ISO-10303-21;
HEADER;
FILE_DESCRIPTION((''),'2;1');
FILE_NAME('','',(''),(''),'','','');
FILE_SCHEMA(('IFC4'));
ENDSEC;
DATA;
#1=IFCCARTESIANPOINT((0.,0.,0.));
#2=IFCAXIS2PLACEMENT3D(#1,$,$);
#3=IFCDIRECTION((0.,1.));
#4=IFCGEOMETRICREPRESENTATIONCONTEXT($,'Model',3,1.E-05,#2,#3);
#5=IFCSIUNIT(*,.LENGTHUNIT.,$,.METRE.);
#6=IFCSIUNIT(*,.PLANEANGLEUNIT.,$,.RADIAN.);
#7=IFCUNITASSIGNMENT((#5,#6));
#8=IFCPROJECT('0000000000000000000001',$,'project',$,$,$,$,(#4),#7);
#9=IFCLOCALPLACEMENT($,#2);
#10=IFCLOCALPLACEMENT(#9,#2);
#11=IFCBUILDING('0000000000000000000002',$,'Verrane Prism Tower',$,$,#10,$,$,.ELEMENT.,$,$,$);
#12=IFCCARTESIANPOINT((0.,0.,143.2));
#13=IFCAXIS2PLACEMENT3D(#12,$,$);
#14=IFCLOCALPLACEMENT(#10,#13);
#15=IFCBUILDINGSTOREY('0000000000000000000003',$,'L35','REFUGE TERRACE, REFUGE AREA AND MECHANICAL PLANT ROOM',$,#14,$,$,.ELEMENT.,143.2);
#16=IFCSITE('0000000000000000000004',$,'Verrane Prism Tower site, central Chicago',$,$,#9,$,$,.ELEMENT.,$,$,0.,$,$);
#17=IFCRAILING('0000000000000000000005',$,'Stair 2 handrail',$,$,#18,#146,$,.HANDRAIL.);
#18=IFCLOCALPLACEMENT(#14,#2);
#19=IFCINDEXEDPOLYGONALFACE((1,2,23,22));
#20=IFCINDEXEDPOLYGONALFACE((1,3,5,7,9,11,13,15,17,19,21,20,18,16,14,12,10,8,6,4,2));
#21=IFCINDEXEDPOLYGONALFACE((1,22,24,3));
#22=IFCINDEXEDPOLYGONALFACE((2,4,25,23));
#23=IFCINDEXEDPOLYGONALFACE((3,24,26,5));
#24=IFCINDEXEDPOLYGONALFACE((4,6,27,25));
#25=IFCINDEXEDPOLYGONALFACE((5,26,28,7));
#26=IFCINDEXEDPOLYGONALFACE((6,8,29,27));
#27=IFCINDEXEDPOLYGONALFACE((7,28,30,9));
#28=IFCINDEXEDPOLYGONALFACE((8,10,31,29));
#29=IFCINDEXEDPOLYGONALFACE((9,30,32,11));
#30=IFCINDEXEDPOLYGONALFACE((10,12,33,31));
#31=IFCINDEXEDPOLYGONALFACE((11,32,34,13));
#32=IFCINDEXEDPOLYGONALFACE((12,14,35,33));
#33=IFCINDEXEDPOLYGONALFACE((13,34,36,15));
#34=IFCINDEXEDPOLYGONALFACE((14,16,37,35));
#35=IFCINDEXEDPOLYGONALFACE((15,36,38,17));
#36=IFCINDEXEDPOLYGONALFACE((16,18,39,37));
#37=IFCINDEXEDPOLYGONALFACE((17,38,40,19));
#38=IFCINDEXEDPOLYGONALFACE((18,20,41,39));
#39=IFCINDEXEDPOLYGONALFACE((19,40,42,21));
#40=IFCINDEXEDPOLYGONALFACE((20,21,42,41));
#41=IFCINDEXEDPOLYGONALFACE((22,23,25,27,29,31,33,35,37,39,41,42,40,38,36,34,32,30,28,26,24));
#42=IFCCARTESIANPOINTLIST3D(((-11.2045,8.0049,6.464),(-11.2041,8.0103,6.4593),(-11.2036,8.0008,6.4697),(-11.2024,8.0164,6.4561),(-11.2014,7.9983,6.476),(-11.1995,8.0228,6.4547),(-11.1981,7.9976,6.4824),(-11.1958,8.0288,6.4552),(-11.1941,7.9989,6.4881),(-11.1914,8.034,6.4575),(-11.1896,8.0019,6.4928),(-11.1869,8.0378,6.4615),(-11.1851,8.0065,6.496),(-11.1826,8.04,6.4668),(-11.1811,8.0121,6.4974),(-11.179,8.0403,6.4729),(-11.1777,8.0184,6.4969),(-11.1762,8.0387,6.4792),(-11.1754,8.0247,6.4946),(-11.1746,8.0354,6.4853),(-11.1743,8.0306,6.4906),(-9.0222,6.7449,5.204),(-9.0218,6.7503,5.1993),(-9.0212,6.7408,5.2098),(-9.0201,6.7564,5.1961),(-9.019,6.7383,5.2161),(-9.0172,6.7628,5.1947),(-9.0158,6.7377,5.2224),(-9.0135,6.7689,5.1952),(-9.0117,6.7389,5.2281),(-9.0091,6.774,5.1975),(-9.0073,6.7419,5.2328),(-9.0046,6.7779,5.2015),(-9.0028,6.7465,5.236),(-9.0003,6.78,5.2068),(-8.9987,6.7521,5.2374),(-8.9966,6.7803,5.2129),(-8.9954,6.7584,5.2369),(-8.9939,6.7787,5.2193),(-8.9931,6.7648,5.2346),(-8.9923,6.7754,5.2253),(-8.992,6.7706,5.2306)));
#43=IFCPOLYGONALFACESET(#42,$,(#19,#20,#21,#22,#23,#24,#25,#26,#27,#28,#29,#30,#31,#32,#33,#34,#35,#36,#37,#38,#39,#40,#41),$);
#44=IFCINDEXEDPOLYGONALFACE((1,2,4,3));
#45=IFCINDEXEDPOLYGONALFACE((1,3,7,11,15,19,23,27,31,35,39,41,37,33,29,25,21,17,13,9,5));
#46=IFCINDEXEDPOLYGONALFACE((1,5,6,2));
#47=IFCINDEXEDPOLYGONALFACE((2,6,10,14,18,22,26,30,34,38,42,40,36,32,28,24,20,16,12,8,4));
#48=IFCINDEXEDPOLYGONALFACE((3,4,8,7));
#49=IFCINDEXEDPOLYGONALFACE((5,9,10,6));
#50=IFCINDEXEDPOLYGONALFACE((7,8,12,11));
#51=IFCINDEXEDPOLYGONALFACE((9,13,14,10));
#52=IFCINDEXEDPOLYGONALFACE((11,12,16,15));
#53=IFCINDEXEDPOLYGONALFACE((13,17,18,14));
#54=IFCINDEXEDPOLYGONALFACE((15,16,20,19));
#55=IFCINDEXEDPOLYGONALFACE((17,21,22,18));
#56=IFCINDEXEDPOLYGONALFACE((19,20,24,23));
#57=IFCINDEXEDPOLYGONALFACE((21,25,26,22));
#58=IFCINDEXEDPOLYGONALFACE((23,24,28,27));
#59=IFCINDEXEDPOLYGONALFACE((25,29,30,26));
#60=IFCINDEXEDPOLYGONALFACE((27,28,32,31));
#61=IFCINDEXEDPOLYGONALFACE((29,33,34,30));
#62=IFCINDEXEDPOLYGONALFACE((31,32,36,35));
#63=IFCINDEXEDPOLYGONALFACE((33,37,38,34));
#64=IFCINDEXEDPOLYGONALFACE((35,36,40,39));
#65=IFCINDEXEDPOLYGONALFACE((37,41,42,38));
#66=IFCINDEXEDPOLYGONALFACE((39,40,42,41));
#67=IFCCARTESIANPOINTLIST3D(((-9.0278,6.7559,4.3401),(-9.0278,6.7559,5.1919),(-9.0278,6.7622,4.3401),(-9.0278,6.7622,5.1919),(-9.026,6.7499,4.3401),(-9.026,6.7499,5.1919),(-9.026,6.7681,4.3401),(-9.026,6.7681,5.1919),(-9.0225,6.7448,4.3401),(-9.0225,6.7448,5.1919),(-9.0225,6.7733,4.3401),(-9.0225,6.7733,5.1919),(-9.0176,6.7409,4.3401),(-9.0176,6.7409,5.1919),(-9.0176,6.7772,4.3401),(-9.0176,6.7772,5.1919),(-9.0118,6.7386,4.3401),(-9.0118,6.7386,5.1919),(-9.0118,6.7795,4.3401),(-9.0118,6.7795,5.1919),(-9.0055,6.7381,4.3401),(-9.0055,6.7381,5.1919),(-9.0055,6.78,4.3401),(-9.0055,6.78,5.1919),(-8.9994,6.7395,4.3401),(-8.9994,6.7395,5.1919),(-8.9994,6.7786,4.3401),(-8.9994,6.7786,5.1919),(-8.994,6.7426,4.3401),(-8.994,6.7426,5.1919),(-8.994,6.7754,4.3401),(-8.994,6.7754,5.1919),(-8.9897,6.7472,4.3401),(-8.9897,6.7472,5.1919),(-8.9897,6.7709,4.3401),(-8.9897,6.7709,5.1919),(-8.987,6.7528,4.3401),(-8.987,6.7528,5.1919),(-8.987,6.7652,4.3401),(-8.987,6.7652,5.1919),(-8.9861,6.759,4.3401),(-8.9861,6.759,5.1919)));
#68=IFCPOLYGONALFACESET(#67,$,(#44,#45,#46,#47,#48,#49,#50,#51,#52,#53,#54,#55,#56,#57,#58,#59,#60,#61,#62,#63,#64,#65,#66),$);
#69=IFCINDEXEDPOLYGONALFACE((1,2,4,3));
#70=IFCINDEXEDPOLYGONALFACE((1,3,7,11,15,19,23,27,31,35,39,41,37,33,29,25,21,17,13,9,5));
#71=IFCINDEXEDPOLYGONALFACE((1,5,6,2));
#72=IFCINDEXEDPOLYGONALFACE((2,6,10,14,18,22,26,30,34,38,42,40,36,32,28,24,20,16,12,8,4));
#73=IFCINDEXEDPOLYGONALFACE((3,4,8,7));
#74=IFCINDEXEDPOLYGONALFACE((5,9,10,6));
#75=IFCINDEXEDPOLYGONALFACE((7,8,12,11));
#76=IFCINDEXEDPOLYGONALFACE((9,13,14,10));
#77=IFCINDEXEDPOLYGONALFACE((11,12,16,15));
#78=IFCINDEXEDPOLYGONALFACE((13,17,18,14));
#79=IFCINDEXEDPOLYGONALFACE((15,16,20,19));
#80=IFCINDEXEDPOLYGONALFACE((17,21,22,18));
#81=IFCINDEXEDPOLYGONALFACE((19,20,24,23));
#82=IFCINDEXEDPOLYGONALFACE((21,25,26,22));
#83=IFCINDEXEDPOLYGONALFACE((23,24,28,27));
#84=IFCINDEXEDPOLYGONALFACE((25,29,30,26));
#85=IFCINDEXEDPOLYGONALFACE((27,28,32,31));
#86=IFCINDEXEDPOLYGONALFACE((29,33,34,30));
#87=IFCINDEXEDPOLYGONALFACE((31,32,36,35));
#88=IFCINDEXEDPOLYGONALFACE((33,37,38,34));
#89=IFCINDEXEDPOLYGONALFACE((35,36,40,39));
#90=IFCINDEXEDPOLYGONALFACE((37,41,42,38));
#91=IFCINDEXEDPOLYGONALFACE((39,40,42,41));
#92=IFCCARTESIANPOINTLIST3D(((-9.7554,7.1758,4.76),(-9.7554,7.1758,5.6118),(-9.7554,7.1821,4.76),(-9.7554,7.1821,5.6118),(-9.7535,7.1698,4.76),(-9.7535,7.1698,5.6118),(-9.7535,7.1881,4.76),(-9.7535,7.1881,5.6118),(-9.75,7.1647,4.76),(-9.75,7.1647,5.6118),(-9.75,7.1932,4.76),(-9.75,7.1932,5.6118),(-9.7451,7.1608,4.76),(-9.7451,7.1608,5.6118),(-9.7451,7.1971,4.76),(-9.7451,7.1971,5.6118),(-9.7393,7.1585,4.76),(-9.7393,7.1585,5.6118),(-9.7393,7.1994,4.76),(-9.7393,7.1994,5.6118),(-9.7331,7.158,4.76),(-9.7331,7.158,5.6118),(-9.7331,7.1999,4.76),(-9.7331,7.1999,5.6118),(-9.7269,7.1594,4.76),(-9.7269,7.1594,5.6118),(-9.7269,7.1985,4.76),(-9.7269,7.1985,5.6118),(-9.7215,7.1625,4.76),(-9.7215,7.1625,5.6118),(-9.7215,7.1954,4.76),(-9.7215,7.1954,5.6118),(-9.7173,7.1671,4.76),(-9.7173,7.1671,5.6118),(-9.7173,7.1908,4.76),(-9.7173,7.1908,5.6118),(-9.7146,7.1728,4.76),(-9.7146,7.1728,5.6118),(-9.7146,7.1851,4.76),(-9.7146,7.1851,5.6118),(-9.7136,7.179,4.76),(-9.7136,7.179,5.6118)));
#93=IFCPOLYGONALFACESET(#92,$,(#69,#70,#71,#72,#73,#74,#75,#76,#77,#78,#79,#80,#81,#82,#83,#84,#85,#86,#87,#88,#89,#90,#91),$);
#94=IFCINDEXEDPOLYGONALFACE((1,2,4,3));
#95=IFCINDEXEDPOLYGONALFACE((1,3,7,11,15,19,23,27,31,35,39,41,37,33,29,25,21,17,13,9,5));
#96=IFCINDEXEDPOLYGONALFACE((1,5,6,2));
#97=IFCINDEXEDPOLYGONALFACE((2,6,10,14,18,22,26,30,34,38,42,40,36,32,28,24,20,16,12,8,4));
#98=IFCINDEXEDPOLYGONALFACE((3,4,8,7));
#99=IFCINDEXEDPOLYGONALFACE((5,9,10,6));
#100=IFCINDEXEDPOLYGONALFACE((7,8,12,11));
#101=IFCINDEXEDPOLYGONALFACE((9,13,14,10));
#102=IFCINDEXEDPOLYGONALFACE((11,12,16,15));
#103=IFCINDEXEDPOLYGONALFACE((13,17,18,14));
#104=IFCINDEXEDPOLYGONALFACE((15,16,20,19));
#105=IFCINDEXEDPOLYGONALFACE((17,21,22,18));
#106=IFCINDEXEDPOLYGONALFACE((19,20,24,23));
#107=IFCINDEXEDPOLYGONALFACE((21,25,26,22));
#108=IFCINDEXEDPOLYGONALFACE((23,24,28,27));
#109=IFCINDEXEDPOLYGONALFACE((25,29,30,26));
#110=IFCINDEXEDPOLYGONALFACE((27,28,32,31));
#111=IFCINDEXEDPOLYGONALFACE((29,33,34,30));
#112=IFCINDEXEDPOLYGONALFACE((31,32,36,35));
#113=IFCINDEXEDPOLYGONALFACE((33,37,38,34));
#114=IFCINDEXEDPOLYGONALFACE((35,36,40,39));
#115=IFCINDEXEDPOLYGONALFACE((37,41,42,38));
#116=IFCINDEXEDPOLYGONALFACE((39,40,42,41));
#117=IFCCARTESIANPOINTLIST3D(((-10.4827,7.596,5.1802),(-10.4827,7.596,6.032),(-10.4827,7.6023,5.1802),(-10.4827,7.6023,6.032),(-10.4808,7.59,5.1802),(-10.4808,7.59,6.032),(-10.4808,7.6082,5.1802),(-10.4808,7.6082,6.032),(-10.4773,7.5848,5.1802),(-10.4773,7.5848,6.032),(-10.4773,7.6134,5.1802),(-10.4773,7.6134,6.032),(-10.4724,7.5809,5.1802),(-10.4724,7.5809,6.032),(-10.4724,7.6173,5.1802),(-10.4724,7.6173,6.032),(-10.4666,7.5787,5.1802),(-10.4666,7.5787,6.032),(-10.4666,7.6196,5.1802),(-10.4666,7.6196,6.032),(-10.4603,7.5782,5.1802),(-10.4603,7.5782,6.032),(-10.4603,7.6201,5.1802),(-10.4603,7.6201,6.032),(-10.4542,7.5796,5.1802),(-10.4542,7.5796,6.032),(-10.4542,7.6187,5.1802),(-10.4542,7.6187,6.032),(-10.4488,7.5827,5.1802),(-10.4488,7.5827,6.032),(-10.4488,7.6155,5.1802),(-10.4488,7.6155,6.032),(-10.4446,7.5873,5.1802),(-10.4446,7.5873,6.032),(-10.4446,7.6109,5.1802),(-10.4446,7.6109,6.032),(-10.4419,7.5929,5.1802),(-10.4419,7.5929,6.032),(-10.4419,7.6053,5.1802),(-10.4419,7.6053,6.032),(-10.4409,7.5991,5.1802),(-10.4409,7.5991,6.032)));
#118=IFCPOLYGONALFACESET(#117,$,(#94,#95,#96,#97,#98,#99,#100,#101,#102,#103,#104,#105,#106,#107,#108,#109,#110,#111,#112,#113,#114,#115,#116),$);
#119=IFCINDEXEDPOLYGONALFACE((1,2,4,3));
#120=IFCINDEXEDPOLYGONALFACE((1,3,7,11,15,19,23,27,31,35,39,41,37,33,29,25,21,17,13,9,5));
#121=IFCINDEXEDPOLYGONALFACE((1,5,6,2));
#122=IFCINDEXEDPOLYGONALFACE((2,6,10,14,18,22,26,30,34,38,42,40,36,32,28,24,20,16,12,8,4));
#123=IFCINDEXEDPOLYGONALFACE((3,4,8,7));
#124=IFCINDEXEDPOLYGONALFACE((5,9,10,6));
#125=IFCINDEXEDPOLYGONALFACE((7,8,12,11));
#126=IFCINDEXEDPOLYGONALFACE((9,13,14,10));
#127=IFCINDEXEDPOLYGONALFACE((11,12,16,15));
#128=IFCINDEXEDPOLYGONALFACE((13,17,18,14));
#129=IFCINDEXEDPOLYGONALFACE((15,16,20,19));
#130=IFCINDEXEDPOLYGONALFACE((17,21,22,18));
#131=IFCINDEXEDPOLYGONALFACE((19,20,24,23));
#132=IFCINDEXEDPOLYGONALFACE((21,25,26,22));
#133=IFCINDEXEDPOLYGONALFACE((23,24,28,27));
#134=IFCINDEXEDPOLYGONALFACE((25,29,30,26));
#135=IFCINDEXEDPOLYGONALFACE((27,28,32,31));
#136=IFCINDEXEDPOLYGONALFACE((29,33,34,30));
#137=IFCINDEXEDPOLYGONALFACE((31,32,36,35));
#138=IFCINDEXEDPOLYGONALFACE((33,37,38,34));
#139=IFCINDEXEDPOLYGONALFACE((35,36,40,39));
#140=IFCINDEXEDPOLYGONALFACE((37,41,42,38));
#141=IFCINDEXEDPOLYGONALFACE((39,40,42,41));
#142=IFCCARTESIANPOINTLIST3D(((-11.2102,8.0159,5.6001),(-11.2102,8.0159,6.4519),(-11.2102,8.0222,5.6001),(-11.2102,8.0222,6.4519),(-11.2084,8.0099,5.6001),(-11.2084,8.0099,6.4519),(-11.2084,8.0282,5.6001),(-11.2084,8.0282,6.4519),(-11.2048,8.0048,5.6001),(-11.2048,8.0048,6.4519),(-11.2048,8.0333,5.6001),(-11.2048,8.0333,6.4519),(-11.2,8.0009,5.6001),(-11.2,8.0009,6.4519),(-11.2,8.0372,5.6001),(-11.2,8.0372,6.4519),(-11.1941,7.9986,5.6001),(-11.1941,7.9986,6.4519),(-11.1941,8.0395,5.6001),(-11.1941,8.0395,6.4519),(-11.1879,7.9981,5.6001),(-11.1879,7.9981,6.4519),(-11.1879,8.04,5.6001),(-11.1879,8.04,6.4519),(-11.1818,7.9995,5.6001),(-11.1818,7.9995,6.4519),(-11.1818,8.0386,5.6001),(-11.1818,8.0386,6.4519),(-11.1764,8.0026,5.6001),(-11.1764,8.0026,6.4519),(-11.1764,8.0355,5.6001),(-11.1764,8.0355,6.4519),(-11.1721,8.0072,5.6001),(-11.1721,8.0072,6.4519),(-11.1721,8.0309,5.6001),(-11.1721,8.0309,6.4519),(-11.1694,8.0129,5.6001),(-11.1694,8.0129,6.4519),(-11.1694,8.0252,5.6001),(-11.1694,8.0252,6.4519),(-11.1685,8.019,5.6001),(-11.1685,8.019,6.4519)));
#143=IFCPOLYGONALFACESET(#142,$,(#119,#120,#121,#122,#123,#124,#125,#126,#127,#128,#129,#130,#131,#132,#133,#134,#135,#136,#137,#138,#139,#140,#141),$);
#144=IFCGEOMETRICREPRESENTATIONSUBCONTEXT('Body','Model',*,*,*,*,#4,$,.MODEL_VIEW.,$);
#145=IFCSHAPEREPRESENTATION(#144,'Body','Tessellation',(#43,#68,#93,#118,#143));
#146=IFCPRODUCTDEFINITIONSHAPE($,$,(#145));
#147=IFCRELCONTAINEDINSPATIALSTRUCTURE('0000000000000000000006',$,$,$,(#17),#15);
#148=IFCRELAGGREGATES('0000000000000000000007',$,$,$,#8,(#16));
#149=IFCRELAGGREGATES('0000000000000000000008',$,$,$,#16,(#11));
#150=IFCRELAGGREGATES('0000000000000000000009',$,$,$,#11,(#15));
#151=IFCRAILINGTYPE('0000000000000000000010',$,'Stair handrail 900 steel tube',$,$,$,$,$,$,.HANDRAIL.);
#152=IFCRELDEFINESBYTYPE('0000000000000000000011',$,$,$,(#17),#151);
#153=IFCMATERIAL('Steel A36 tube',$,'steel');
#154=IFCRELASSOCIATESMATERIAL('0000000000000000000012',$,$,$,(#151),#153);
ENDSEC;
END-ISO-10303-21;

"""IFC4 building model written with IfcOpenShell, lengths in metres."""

from ifc_helpers import new_model, si_unit, direction, frame, origin, origin_2d, place, context, subcontext, project, spatial, circle, extrude, material, type_object, element, save


model = new_model("IFC4")

# Units and contexts
model_context = context("Model", 3, precision=1e-05, world=origin(), true_north=direction((0.0, 1.0)))
body_context = subcontext(model_context, "Body", "Model", "MODEL_VIEW")
ifc_project = project(units=[si_unit("LENGTHUNIT", "METRE"), si_unit("PLANEANGLEUNIT", "RADIAN")], contexts=[model_context])

# Site, building, storey
site_placement = place(None, origin())
site = spatial("IfcSite", under=ifc_project, at=site_placement, Name="Verrane Prism Tower site, central Chicago", CompositionType="ELEMENT", RefElevation=0.0)
building_placement = place(site_placement, origin())
building = spatial("IfcBuilding", under=site, at=building_placement, Name="Verrane Prism Tower", CompositionType="ELEMENT")
storey_placement = place(building_placement, frame((0.0, 0.0, 143.2)))
storey = spatial("IfcBuildingStorey", under=building, at=storey_placement, Name="L35", Description="REFUGE TERRACE, REFUGE AREA AND MECHANICAL PLANT ROOM", CompositionType="ELEMENT", Elevation=143.2)

# Railing
ifc_material_1 = material(Name="Steel A36 tube", Category="steel")
railing_type = type_object("IfcRailingType", Name="Stair handrail 900 steel tube", PredefinedType="HANDRAIL", material=ifc_material_1)
for number, where, name in (
    (1, (-9.0071, 6.759, 4.3401), "Stair 2 handrail"),
):
    element("IfcRailing", number, at=place(storey_placement, frame(where)), inside=storey, type_object=railing_type, Name=name, PredefinedType="HANDRAIL", context=body_context, shape_type="SweptSolid", body=[
        extrude(circle(Radius=0.0239, at=origin_2d()), frame((0.0, 0.0, 0.876), z_axis=(-0.774593, 0.447217, 0.447217), x_axis=(-0.500005, -0.866023, 0.0)), (0.0, 0.0, 1.0), 2.8174),
        extrude(circle(Radius=0.021, at=origin_2d()), origin(), (0.0, 0.0, 1.0), 0.8518),
        extrude(circle(Radius=0.021, at=origin_2d()), frame((-0.7275, 0.4199, 0.4199)), (0.0, 0.0, 1.0), 0.8518),
        extrude(circle(Radius=0.021, at=origin_2d()), frame((-1.4548, 0.8401, 0.8401)), (0.0, 0.0, 1.0), 0.8518),
        extrude(circle(Radius=0.021, at=origin_2d()), frame((-2.1824, 1.26, 1.26)), (0.0, 0.0, 1.0), 0.8518),
    ])

save(model, "model.ifc")
